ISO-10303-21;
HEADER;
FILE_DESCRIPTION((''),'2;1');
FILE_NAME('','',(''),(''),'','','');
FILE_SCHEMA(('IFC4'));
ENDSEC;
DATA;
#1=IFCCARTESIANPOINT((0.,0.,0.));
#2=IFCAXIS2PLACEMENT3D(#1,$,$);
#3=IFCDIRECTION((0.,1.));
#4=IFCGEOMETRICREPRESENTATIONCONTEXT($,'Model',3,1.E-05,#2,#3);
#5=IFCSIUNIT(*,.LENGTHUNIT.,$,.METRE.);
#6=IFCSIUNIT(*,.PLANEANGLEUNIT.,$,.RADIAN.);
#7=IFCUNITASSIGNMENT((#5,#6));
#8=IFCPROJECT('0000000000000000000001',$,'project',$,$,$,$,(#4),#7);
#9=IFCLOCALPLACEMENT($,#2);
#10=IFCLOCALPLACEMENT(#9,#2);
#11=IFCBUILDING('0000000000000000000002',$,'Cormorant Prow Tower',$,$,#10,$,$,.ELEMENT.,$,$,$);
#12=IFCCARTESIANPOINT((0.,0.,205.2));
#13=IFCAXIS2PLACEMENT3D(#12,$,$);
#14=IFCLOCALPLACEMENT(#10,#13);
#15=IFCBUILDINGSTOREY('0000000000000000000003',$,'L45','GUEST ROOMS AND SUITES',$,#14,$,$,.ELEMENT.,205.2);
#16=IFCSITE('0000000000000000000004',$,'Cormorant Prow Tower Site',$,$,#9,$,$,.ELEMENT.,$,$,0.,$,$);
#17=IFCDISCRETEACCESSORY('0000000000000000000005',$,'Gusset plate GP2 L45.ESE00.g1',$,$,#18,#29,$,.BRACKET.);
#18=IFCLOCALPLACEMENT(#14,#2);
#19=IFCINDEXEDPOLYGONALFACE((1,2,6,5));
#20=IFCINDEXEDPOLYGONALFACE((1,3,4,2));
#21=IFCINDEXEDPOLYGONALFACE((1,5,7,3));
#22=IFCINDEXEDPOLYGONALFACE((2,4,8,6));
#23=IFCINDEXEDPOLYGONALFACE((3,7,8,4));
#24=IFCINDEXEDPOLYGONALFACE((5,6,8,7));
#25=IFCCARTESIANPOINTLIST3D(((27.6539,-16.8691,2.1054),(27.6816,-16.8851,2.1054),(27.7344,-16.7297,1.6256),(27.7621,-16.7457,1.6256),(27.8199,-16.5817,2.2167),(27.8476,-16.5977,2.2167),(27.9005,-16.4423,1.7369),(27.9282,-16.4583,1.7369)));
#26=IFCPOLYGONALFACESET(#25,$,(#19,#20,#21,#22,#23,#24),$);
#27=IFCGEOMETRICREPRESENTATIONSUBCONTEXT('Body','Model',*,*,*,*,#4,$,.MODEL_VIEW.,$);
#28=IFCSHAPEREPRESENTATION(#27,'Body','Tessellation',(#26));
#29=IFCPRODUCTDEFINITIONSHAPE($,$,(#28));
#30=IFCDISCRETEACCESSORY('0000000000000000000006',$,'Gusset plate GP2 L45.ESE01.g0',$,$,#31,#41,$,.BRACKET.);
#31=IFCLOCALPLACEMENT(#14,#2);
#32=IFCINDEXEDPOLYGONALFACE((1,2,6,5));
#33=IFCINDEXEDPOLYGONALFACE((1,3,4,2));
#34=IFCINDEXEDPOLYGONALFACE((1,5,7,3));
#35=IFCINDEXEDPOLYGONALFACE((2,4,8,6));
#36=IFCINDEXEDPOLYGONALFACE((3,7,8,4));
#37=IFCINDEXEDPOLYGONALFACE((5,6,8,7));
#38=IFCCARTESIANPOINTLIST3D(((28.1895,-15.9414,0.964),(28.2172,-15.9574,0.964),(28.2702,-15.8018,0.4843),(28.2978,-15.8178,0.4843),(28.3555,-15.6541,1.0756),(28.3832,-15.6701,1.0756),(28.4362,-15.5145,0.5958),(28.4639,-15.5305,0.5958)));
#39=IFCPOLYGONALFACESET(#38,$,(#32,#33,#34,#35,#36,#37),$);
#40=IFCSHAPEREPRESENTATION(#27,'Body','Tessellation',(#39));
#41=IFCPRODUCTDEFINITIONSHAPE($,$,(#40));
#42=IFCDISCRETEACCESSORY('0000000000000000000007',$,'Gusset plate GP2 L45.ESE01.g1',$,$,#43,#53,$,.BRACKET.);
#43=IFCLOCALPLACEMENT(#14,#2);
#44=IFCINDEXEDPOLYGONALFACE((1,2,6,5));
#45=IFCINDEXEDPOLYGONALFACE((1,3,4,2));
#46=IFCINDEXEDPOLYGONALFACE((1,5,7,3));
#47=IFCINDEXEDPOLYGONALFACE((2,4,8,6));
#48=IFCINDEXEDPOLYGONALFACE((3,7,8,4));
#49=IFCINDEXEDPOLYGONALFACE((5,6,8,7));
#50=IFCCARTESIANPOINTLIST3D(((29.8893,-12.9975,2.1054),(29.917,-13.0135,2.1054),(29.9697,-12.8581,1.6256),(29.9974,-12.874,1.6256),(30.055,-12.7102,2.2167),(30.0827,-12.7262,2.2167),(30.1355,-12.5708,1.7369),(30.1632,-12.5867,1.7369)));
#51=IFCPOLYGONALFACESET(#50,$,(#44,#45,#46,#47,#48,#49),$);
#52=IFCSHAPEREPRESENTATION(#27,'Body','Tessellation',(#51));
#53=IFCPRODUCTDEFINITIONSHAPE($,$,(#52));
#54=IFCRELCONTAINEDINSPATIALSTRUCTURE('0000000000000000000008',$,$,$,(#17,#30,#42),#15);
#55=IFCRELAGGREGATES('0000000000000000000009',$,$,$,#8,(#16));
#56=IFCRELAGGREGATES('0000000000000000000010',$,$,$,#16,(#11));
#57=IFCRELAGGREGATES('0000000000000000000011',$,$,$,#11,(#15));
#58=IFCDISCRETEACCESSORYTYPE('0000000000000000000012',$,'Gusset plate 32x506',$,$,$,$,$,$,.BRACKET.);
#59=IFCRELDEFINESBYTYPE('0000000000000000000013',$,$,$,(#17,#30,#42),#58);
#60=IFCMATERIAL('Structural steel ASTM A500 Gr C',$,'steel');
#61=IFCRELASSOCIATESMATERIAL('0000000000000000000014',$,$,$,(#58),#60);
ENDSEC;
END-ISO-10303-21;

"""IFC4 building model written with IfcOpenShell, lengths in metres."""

from ifc_helpers import new_model, si_unit, direction, frame, origin, origin_2d, place, context, subcontext, project, spatial, rectangle, extrude, material, material_profile, profile_set, type_object, element, save


model = new_model("IFC4")

# Units and contexts
model_context = context("Model", 3, precision=1e-05, world=origin(), true_north=direction((0.0, 1.0)))
body_context = subcontext(model_context, "Body", "Model", "MODEL_VIEW")
ifc_project = project(units=[si_unit("LENGTHUNIT", "METRE"), si_unit("PLANEANGLEUNIT", "RADIAN")], contexts=[model_context])

# Site, building, storey
site_placement = place(None, origin())
site = spatial("IfcSite", under=ifc_project, at=site_placement, Name="Cormorant Prow Tower Site", CompositionType="ELEMENT", RefElevation=0.0)
building_placement = place(site_placement, origin())
building = spatial("IfcBuilding", under=site, at=building_placement, Name="Cormorant Prow Tower", CompositionType="ELEMENT")
storey_placement = place(building_placement, frame((0.0, 0.0, 205.2)))
storey = spatial("IfcBuildingStorey", under=building, at=storey_placement, Name="L45", Description="GUEST ROOMS AND SUITES", CompositionType="ELEMENT", Elevation=205.2)

# Discrete accessories
ifc_material_1 = material(Name="Structural steel ASTM A500 Gr C", Category="steel")
ifc_material_profile_1 = material_profile(ifc_material_1, rectangle(XDim=0.032, YDim=0.5061, at=origin_2d()), Name="Gusset plate 32x506")
ifc_profile_set_1 = profile_set([ifc_material_profile_1], Name="Structural steel ASTM A500 Gr C")
discrete_accessory_type = type_object("IfcDiscreteAccessoryType", Name="Gusset plate 32x506", PredefinedType="BRACKET", material=ifc_profile_set_1)
for number, where, z_axis, x_axis, name in (
    (1, (27.708, -16.8074, 1.8655), (0.474278, 0.820919, 0.318045), (-0.865879, 0.500253, 0.0), "Gusset plate GP2 L45.ESE00.g1"),
    (2, (28.4097, -15.5923, 0.8357), (-0.474172, -0.820737, -0.318672), (0.865879, -0.500253, 0.0), "Gusset plate GP2 L45.ESE01.g0"),
):
    element("IfcDiscreteAccessory", number, at=place(storey_placement, frame(where, z_axis=z_axis, x_axis=x_axis)), inside=storey, type_object=discrete_accessory_type, Name=name, PredefinedType="BRACKET", context=body_context, shape_type="SweptSolid", body=[
        extrude(rectangle(XDim=0.032, YDim=0.5061, at=origin_2d()), origin(), (0.0, 0.0, 1.0), 0.3501),
    ])
discrete_accessory_placement = place(storey_placement, frame((29.9434, -12.9358, 1.8655), z_axis=(0.473737, 0.82119, 0.31815), x_axis=(-0.866198, 0.499701, 0.0)))
element("IfcDiscreteAccessory", 3, at=discrete_accessory_placement, inside=storey, type_object=discrete_accessory_type, Name="Gusset plate GP2 L45.ESE01.g1", PredefinedType="BRACKET", context=body_context, shape_type="SweptSolid", body=[
    extrude(rectangle(XDim=0.032, YDim=0.5061, at=origin_2d()), origin(), (0.0, 0.0, 1.0), 0.3499),
])

save(model, "model.ifc")
